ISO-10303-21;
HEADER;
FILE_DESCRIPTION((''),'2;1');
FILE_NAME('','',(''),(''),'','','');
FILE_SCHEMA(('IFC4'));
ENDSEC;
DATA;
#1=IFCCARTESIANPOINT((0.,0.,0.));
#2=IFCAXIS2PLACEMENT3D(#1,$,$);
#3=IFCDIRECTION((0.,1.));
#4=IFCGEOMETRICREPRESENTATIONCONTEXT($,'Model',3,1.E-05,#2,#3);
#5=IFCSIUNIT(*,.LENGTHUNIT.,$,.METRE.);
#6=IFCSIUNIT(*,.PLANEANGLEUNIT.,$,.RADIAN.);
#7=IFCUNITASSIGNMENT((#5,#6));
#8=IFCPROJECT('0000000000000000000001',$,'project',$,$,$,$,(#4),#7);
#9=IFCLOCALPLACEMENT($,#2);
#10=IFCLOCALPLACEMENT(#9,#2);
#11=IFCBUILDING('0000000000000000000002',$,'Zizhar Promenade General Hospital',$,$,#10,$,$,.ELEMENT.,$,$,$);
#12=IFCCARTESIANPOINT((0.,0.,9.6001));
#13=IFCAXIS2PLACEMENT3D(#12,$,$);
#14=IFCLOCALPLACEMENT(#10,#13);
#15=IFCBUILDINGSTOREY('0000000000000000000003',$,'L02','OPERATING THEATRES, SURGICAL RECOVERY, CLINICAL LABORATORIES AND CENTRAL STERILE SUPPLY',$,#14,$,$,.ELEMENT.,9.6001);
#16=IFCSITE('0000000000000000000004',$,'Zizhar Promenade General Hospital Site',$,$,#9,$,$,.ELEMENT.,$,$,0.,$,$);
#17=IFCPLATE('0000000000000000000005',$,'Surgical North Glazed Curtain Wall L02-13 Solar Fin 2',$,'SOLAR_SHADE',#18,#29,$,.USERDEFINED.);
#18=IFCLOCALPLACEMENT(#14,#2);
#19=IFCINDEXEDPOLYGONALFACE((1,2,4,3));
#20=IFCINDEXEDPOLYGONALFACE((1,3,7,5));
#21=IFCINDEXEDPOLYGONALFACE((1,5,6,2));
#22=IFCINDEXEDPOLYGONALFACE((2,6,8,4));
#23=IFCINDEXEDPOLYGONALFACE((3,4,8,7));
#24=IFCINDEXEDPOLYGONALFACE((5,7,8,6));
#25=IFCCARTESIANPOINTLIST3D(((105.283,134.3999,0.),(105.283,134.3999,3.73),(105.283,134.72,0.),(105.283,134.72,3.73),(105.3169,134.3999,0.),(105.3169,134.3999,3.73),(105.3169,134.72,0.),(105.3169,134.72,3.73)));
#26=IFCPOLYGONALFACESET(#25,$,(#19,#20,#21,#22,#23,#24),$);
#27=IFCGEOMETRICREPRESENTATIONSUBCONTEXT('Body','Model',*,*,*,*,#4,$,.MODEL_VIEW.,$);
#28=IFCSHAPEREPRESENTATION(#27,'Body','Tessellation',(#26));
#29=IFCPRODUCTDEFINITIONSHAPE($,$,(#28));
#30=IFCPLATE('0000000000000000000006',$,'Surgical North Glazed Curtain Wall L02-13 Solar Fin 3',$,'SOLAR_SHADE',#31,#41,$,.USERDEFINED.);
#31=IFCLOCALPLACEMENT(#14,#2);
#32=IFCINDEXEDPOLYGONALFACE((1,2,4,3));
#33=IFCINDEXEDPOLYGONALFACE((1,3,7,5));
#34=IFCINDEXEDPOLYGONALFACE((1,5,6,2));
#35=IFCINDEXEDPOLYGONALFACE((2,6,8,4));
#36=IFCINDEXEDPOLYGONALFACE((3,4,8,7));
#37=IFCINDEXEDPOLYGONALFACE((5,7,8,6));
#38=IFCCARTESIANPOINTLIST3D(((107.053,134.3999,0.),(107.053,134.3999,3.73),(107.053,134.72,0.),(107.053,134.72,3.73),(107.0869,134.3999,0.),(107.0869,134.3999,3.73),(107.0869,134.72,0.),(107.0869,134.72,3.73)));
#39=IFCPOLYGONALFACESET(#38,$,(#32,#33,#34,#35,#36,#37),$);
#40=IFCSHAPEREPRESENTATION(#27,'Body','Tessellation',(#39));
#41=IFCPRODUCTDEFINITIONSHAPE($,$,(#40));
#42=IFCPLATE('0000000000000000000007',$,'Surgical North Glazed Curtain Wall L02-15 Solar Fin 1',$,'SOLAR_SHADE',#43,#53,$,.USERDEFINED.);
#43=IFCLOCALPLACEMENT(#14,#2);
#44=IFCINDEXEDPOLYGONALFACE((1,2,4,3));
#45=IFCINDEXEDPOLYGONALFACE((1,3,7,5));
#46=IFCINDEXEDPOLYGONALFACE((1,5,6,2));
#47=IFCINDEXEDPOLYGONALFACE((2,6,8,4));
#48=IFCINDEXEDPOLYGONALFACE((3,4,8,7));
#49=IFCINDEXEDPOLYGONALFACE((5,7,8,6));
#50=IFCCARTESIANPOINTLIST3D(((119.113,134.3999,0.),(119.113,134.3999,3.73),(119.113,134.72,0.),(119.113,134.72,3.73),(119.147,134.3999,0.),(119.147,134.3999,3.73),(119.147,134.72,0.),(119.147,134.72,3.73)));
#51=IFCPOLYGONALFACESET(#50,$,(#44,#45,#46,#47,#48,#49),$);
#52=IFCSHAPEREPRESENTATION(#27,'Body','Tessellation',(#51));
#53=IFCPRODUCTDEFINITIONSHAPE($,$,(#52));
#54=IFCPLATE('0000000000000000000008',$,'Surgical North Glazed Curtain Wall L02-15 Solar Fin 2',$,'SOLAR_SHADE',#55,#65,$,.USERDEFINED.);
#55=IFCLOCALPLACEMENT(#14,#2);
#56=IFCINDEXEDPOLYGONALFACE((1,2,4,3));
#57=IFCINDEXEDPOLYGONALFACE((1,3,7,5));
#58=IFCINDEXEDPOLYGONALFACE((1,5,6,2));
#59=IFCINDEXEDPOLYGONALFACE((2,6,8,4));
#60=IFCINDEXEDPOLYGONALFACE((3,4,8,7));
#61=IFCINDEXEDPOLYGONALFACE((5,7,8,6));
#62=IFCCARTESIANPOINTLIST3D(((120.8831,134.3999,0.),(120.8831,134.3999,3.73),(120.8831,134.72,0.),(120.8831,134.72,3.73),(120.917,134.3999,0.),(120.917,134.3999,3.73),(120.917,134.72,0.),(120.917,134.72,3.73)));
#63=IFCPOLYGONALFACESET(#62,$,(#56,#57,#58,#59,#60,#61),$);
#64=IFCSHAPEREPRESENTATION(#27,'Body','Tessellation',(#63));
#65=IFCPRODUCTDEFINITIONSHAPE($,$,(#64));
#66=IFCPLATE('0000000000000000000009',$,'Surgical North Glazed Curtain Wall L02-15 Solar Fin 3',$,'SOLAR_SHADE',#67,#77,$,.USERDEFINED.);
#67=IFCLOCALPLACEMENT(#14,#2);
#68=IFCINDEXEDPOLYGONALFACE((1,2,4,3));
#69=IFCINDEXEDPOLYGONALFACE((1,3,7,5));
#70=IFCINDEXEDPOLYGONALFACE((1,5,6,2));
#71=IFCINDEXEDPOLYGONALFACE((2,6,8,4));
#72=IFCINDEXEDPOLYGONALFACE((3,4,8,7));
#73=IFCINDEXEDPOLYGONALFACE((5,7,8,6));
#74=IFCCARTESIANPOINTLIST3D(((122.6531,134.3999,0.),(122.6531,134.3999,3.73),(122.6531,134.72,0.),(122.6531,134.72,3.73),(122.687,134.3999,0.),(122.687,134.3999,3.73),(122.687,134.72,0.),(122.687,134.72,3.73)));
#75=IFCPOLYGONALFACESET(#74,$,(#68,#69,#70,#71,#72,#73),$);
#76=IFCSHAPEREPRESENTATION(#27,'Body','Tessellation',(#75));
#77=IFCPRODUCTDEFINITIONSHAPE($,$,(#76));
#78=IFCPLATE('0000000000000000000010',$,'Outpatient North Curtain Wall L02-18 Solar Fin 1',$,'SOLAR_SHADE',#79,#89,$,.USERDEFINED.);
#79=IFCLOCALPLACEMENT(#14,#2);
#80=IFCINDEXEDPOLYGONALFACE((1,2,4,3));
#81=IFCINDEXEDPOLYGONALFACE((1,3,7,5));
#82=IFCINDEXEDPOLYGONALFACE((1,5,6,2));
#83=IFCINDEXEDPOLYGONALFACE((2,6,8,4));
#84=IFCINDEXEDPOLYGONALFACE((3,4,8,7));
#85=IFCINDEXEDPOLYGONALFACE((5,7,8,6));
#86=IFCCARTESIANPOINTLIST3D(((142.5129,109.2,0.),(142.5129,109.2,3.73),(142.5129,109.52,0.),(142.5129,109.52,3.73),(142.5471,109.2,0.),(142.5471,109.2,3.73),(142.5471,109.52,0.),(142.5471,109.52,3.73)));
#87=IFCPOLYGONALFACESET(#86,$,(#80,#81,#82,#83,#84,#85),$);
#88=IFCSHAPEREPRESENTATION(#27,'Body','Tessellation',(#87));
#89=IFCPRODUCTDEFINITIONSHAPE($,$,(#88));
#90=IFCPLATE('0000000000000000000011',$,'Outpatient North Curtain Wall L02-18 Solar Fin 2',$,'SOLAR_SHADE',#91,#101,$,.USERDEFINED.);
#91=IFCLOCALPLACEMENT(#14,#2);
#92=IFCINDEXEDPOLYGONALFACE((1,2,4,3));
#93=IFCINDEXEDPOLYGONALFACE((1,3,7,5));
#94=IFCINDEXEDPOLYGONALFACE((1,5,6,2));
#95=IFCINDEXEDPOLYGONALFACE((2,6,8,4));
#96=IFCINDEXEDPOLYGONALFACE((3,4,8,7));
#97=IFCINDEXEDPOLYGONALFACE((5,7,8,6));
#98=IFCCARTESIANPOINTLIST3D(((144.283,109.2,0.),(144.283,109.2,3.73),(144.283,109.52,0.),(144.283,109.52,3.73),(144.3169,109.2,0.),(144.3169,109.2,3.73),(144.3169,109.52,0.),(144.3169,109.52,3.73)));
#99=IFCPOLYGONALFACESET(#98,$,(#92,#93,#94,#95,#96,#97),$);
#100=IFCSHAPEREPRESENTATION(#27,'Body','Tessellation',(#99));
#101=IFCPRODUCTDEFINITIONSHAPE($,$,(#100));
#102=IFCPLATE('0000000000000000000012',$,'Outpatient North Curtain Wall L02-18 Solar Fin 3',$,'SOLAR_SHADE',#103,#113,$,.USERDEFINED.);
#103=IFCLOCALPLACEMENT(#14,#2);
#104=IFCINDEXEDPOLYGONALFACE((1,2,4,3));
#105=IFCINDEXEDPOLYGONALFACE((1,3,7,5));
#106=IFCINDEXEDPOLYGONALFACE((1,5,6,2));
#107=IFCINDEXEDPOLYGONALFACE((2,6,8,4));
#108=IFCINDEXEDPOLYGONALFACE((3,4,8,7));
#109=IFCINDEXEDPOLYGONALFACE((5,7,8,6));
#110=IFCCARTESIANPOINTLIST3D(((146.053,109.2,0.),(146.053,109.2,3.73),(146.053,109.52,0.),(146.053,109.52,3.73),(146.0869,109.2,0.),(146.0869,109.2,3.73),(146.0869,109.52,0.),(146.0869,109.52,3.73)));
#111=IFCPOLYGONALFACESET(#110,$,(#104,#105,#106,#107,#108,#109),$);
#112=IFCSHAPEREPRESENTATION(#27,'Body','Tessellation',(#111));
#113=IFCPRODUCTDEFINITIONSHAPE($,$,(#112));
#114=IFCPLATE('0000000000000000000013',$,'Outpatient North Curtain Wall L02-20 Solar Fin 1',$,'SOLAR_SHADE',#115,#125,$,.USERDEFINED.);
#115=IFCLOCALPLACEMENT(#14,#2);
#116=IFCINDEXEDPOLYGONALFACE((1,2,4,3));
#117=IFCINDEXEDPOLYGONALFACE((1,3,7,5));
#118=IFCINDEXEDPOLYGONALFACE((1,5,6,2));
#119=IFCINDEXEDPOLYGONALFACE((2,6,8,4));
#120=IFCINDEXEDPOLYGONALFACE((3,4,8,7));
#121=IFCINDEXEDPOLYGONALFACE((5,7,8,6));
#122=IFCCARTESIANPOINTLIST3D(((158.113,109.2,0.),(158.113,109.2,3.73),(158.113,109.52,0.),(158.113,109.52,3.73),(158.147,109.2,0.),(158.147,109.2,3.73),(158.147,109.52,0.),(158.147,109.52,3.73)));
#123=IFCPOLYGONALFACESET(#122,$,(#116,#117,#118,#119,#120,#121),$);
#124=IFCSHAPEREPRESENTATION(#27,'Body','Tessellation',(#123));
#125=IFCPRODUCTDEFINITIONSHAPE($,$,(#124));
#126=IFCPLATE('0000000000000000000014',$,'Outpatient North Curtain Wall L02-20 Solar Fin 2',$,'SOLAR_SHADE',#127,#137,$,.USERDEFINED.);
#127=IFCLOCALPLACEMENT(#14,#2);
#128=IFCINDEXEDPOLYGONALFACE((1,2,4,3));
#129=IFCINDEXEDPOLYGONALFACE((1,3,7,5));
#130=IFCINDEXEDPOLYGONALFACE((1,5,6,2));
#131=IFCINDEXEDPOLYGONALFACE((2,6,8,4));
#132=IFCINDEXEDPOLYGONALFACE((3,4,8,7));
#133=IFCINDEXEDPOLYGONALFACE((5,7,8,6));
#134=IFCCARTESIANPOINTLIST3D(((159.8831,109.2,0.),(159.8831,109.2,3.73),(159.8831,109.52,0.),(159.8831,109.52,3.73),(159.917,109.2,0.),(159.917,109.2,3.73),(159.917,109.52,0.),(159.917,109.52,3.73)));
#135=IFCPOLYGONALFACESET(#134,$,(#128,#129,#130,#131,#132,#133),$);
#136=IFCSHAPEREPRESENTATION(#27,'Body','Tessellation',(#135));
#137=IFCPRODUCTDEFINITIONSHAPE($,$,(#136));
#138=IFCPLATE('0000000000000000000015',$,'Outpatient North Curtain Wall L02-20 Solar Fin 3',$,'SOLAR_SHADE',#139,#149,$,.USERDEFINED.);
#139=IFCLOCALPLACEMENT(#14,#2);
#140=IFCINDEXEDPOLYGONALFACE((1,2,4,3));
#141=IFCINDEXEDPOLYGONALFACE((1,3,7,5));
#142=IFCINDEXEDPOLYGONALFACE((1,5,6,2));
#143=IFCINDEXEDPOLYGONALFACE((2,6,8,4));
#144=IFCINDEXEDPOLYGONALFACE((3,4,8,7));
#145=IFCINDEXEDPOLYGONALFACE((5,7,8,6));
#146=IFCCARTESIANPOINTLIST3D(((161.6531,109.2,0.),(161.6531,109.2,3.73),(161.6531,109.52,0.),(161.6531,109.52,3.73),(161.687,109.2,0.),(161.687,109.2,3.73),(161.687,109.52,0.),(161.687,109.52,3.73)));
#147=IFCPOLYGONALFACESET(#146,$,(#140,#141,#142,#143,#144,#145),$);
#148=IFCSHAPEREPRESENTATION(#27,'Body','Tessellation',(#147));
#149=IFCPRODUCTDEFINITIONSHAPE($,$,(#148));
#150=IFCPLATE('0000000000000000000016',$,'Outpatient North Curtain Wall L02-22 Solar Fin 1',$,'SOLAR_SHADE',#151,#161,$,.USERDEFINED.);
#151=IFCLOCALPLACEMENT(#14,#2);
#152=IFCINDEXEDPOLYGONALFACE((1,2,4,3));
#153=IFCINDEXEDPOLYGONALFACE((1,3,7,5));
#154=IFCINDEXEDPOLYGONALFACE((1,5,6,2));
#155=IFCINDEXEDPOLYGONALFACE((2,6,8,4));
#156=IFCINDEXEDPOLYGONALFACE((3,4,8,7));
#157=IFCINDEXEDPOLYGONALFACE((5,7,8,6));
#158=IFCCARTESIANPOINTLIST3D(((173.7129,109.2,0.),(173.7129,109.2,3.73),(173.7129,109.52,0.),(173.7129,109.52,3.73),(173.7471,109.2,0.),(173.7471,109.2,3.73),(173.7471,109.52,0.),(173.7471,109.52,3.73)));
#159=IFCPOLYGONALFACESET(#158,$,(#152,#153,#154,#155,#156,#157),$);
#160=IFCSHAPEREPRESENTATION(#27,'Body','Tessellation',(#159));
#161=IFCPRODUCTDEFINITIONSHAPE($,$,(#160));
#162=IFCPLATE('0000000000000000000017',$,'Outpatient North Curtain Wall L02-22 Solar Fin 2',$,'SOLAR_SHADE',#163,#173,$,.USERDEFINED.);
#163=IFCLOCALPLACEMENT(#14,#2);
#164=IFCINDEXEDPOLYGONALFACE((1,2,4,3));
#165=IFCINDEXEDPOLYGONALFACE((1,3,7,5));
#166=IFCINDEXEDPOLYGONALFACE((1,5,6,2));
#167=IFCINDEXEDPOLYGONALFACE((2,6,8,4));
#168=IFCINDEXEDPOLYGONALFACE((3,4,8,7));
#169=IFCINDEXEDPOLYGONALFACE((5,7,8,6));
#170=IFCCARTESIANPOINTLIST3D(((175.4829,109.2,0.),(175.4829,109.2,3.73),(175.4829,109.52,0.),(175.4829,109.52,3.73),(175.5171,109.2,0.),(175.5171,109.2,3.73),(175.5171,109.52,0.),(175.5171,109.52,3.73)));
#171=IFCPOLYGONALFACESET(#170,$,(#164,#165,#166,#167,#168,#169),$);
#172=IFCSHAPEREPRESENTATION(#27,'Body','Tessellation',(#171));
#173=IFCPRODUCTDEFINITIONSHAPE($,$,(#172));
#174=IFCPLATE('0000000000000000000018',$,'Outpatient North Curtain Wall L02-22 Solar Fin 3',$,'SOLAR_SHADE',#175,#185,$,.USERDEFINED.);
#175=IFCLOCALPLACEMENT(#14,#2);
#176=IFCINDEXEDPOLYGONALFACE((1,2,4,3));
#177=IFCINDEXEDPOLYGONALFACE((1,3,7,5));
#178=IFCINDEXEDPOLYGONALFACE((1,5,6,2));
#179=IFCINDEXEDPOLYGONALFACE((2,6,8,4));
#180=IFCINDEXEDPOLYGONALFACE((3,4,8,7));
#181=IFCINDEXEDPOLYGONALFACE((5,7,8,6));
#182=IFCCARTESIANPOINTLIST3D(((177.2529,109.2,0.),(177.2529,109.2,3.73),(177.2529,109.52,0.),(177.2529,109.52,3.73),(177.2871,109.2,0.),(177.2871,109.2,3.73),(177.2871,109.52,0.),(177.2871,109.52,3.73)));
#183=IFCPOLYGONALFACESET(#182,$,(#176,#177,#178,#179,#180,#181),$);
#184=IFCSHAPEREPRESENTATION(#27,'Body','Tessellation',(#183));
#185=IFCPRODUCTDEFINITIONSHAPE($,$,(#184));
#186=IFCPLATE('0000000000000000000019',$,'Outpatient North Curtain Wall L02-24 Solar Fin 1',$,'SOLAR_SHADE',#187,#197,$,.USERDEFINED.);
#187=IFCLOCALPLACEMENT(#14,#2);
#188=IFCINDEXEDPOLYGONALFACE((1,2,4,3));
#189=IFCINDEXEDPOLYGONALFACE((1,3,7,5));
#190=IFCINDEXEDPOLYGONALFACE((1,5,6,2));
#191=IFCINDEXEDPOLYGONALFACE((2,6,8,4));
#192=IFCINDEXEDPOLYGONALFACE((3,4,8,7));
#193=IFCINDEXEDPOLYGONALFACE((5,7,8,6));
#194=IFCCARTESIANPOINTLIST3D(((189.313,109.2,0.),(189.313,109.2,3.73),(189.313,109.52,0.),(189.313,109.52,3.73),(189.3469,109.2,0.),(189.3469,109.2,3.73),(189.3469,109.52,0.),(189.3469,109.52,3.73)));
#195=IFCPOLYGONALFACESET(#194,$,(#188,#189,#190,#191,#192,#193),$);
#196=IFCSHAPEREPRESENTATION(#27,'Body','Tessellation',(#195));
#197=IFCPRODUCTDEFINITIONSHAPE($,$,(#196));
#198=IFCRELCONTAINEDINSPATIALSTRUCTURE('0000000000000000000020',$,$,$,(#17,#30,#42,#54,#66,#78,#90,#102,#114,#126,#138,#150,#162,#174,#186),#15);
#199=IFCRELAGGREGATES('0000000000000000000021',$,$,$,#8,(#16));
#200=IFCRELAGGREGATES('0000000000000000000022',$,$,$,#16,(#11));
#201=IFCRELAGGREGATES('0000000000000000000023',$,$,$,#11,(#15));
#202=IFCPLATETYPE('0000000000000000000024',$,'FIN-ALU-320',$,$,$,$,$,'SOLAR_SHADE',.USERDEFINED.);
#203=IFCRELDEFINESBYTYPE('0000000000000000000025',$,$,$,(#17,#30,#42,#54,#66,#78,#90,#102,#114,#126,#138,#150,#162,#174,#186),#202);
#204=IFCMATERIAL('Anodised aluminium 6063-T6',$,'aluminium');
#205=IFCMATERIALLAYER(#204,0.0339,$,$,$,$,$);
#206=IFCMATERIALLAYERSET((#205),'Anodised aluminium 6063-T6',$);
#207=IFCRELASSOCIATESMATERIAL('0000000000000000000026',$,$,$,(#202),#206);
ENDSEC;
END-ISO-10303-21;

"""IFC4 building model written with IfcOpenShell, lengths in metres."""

from ifc_helpers import new_model, si_unit, direction, frame, origin, place, context, subcontext, project, spatial, polyline, outline, extrude, material, layer, layer_set, type_object, element, save


model = new_model("IFC4")

# Units and contexts
model_context = context("Model", 3, precision=1e-05, world=origin(), true_north=direction((0.0, 1.0)))
body_context = subcontext(model_context, "Body", "Model", "MODEL_VIEW")
ifc_project = project(units=[si_unit("LENGTHUNIT", "METRE"), si_unit("PLANEANGLEUNIT", "RADIAN")], contexts=[model_context])

# Site, building, storey
site_placement = place(None, origin())
site = spatial("IfcSite", under=ifc_project, at=site_placement, Name="Zizhar Promenade General Hospital Site", CompositionType="ELEMENT", RefElevation=0.0)
building_placement = place(site_placement, origin())
building = spatial("IfcBuilding", under=site, at=building_placement, Name="Zizhar Promenade General Hospital", CompositionType="ELEMENT")
storey_placement = place(building_placement, frame((0.0, 0.0, 9.6001)))
storey = spatial("IfcBuildingStorey", under=building, at=storey_placement, Name="L02", Description="OPERATING THEATRES, SURGICAL RECOVERY, CLINICAL LABORATORIES AND CENTRAL STERILE SUPPLY", CompositionType="ELEMENT", Elevation=9.6001)

# Plates
ifc_material = material(Name="Anodised aluminium 6063-T6", Category="aluminium")
ifc_layer = layer(ifc_material, 0.0339)
ifc_layer_set = layer_set([ifc_layer], Name="Anodised aluminium 6063-T6")
plate_type = type_object("IfcPlateType", Name="FIN-ALU-320", ElementType="SOLAR_SHADE", PredefinedType="USERDEFINED", material=ifc_layer_set)
plate_1_placement = place(storey_placement, origin())
element("IfcPlate", 1, at=plate_1_placement, inside=storey, type_object=plate_type, Name="Surgical North Glazed Curtain Wall L02-13 Solar Fin 2", ObjectType="SOLAR_SHADE", PredefinedType="USERDEFINED", context=body_context, shape_type="SweptSolid", body=[
    extrude(outline(polyline([(105.283, 134.3999), (105.3169, 134.3999), (105.3169, 134.72), (105.283, 134.72), (105.283, 134.3999)])), origin(), (0.0, 0.0, 1.0), 3.73),
])
plate_2_placement = place(storey_placement, origin())
element("IfcPlate", 2, at=plate_2_placement, inside=storey, type_object=plate_type, Name="Surgical North Glazed Curtain Wall L02-13 Solar Fin 3", ObjectType="SOLAR_SHADE", PredefinedType="USERDEFINED", context=body_context, shape_type="SweptSolid", body=[
    extrude(outline(polyline([(107.053, 134.3999), (107.0869, 134.3999), (107.0869, 134.72), (107.053, 134.72), (107.053, 134.3999)])), origin(), (0.0, 0.0, 1.0), 3.73),
])
plate_3_placement = place(storey_placement, origin())
element("IfcPlate", 3, at=plate_3_placement, inside=storey, type_object=plate_type, Name="Surgical North Glazed Curtain Wall L02-15 Solar Fin 1", ObjectType="SOLAR_SHADE", PredefinedType="USERDEFINED", context=body_context, shape_type="SweptSolid", body=[
    extrude(outline(polyline([(119.113, 134.3999), (119.147, 134.3999), (119.147, 134.72), (119.113, 134.72), (119.113, 134.3999)])), origin(), (0.0, 0.0, 1.0), 3.73),
])
plate_4_placement = place(storey_placement, origin())
element("IfcPlate", 4, at=plate_4_placement, inside=storey, type_object=plate_type, Name="Surgical North Glazed Curtain Wall L02-15 Solar Fin 2", ObjectType="SOLAR_SHADE", PredefinedType="USERDEFINED", context=body_context, shape_type="SweptSolid", body=[
    extrude(outline(polyline([(120.8831, 134.3999), (120.917, 134.3999), (120.917, 134.72), (120.8831, 134.72), (120.8831, 134.3999)])), origin(), (0.0, 0.0, 1.0), 3.73),
])
plate_5_placement = place(storey_placement, origin())
element("IfcPlate", 5, at=plate_5_placement, inside=storey, type_object=plate_type, Name="Surgical North Glazed Curtain Wall L02-15 Solar Fin 3", ObjectType="SOLAR_SHADE", PredefinedType="USERDEFINED", context=body_context, shape_type="SweptSolid", body=[
    extrude(outline(polyline([(122.6531, 134.3999), (122.687, 134.3999), (122.687, 134.72), (122.6531, 134.72), (122.6531, 134.3999)])), origin(), (0.0, 0.0, 1.0), 3.73),
])
plate_6_placement = place(storey_placement, origin())
element("IfcPlate", 6, at=plate_6_placement, inside=storey, type_object=plate_type, Name="Outpatient North Curtain Wall L02-18 Solar Fin 1", ObjectType="SOLAR_SHADE", PredefinedType="USERDEFINED", context=body_context, shape_type="SweptSolid", body=[
    extrude(outline(polyline([(142.5129, 109.2), (142.5471, 109.2), (142.5471, 109.52), (142.5129, 109.52), (142.5129, 109.2)])), origin(), (0.0, 0.0, 1.0), 3.73),
])
plate_7_placement = place(storey_placement, origin())
element("IfcPlate", 7, at=plate_7_placement, inside=storey, type_object=plate_type, Name="Outpatient North Curtain Wall L02-18 Solar Fin 2", ObjectType="SOLAR_SHADE", PredefinedType="USERDEFINED", context=body_context, shape_type="SweptSolid", body=[
    extrude(outline(polyline([(144.283, 109.2), (144.3169, 109.2), (144.3169, 109.52), (144.283, 109.52), (144.283, 109.2)])), origin(), (0.0, 0.0, 1.0), 3.73),
])
plate_8_placement = place(storey_placement, origin())
element("IfcPlate", 8, at=plate_8_placement, inside=storey, type_object=plate_type, Name="Outpatient North Curtain Wall L02-18 Solar Fin 3", ObjectType="SOLAR_SHADE", PredefinedType="USERDEFINED", context=body_context, shape_type="SweptSolid", body=[
    extrude(outline(polyline([(146.053, 109.2), (146.0869, 109.2), (146.0869, 109.52), (146.053, 109.52), (146.053, 109.2)])), origin(), (0.0, 0.0, 1.0), 3.73),
])
plate_9_placement = place(storey_placement, origin())
element("IfcPlate", 9, at=plate_9_placement, inside=storey, type_object=plate_type, Name="Outpatient North Curtain Wall L02-20 Solar Fin 1", ObjectType="SOLAR_SHADE", PredefinedType="USERDEFINED", context=body_context, shape_type="SweptSolid", body=[
    extrude(outline(polyline([(158.113, 109.2), (158.147, 109.2), (158.147, 109.52), (158.113, 109.52), (158.113, 109.2)])), origin(), (0.0, 0.0, 1.0), 3.73),
])
plate_10_placement = place(storey_placement, origin())
element("IfcPlate", 10, at=plate_10_placement, inside=storey, type_object=plate_type, Name="Outpatient North Curtain Wall L02-20 Solar Fin 2", ObjectType="SOLAR_SHADE", PredefinedType="USERDEFINED", context=body_context, shape_type="SweptSolid", body=[
    extrude(outline(polyline([(159.8831, 109.2), (159.917, 109.2), (159.917, 109.52), (159.8831, 109.52), (159.8831, 109.2)])), origin(), (0.0, 0.0, 1.0), 3.73),
])
plate_11_placement = place(storey_placement, origin())
element("IfcPlate", 11, at=plate_11_placement, inside=storey, type_object=plate_type, Name="Outpatient North Curtain Wall L02-20 Solar Fin 3", ObjectType="SOLAR_SHADE", PredefinedType="USERDEFINED", context=body_context, shape_type="SweptSolid", body=[
    extrude(outline(polyline([(161.6531, 109.2), (161.687, 109.2), (161.687, 109.52), (161.6531, 109.52), (161.6531, 109.2)])), origin(), (0.0, 0.0, 1.0), 3.73),
])
plate_12_placement = place(storey_placement, origin())
element("IfcPlate", 12, at=plate_12_placement, inside=storey, type_object=plate_type, Name="Outpatient North Curtain Wall L02-22 Solar Fin 1", ObjectType="SOLAR_SHADE", PredefinedType="USERDEFINED", context=body_context, shape_type="SweptSolid", body=[
    extrude(outline(polyline([(173.7129, 109.2), (173.7471, 109.2), (173.7471, 109.52), (173.7129, 109.52), (173.7129, 109.2)])), origin(), (0.0, 0.0, 1.0), 3.73),
])
plate_13_placement = place(storey_placement, origin())
element("IfcPlate", 13, at=plate_13_placement, inside=storey, type_object=plate_type, Name="Outpatient North Curtain Wall L02-22 Solar Fin 2", ObjectType="SOLAR_SHADE", PredefinedType="USERDEFINED", context=body_context, shape_type="SweptSolid", body=[
    extrude(outline(polyline([(175.4829, 109.2), (175.5171, 109.2), (175.5171, 109.52), (175.4829, 109.52), (175.4829, 109.2)])), origin(), (0.0, 0.0, 1.0), 3.73),
])
plate_14_placement = place(storey_placement, origin())
element("IfcPlate", 14, at=plate_14_placement, inside=storey, type_object=plate_type, Name="Outpatient North Curtain Wall L02-22 Solar Fin 3", ObjectType="SOLAR_SHADE", PredefinedType="USERDEFINED", context=body_context, shape_type="SweptSolid", body=[
    extrude(outline(polyline([(177.2529, 109.2), (177.2871, 109.2), (177.2871, 109.52), (177.2529, 109.52), (177.2529, 109.2)])), origin(), (0.0, 0.0, 1.0), 3.73),
])
plate_15_placement = place(storey_placement, origin())
element("IfcPlate", 15, at=plate_15_placement, inside=storey, type_object=plate_type, Name="Outpatient North Curtain Wall L02-24 Solar Fin 1", ObjectType="SOLAR_SHADE", PredefinedType="USERDEFINED", context=body_context, shape_type="SweptSolid", body=[
    extrude(outline(polyline([(189.313, 109.2), (189.3469, 109.2), (189.3469, 109.52), (189.313, 109.52), (189.313, 109.2)])), origin(), (0.0, 0.0, 1.0), 3.73),
])

save(model, "model.ifc")
